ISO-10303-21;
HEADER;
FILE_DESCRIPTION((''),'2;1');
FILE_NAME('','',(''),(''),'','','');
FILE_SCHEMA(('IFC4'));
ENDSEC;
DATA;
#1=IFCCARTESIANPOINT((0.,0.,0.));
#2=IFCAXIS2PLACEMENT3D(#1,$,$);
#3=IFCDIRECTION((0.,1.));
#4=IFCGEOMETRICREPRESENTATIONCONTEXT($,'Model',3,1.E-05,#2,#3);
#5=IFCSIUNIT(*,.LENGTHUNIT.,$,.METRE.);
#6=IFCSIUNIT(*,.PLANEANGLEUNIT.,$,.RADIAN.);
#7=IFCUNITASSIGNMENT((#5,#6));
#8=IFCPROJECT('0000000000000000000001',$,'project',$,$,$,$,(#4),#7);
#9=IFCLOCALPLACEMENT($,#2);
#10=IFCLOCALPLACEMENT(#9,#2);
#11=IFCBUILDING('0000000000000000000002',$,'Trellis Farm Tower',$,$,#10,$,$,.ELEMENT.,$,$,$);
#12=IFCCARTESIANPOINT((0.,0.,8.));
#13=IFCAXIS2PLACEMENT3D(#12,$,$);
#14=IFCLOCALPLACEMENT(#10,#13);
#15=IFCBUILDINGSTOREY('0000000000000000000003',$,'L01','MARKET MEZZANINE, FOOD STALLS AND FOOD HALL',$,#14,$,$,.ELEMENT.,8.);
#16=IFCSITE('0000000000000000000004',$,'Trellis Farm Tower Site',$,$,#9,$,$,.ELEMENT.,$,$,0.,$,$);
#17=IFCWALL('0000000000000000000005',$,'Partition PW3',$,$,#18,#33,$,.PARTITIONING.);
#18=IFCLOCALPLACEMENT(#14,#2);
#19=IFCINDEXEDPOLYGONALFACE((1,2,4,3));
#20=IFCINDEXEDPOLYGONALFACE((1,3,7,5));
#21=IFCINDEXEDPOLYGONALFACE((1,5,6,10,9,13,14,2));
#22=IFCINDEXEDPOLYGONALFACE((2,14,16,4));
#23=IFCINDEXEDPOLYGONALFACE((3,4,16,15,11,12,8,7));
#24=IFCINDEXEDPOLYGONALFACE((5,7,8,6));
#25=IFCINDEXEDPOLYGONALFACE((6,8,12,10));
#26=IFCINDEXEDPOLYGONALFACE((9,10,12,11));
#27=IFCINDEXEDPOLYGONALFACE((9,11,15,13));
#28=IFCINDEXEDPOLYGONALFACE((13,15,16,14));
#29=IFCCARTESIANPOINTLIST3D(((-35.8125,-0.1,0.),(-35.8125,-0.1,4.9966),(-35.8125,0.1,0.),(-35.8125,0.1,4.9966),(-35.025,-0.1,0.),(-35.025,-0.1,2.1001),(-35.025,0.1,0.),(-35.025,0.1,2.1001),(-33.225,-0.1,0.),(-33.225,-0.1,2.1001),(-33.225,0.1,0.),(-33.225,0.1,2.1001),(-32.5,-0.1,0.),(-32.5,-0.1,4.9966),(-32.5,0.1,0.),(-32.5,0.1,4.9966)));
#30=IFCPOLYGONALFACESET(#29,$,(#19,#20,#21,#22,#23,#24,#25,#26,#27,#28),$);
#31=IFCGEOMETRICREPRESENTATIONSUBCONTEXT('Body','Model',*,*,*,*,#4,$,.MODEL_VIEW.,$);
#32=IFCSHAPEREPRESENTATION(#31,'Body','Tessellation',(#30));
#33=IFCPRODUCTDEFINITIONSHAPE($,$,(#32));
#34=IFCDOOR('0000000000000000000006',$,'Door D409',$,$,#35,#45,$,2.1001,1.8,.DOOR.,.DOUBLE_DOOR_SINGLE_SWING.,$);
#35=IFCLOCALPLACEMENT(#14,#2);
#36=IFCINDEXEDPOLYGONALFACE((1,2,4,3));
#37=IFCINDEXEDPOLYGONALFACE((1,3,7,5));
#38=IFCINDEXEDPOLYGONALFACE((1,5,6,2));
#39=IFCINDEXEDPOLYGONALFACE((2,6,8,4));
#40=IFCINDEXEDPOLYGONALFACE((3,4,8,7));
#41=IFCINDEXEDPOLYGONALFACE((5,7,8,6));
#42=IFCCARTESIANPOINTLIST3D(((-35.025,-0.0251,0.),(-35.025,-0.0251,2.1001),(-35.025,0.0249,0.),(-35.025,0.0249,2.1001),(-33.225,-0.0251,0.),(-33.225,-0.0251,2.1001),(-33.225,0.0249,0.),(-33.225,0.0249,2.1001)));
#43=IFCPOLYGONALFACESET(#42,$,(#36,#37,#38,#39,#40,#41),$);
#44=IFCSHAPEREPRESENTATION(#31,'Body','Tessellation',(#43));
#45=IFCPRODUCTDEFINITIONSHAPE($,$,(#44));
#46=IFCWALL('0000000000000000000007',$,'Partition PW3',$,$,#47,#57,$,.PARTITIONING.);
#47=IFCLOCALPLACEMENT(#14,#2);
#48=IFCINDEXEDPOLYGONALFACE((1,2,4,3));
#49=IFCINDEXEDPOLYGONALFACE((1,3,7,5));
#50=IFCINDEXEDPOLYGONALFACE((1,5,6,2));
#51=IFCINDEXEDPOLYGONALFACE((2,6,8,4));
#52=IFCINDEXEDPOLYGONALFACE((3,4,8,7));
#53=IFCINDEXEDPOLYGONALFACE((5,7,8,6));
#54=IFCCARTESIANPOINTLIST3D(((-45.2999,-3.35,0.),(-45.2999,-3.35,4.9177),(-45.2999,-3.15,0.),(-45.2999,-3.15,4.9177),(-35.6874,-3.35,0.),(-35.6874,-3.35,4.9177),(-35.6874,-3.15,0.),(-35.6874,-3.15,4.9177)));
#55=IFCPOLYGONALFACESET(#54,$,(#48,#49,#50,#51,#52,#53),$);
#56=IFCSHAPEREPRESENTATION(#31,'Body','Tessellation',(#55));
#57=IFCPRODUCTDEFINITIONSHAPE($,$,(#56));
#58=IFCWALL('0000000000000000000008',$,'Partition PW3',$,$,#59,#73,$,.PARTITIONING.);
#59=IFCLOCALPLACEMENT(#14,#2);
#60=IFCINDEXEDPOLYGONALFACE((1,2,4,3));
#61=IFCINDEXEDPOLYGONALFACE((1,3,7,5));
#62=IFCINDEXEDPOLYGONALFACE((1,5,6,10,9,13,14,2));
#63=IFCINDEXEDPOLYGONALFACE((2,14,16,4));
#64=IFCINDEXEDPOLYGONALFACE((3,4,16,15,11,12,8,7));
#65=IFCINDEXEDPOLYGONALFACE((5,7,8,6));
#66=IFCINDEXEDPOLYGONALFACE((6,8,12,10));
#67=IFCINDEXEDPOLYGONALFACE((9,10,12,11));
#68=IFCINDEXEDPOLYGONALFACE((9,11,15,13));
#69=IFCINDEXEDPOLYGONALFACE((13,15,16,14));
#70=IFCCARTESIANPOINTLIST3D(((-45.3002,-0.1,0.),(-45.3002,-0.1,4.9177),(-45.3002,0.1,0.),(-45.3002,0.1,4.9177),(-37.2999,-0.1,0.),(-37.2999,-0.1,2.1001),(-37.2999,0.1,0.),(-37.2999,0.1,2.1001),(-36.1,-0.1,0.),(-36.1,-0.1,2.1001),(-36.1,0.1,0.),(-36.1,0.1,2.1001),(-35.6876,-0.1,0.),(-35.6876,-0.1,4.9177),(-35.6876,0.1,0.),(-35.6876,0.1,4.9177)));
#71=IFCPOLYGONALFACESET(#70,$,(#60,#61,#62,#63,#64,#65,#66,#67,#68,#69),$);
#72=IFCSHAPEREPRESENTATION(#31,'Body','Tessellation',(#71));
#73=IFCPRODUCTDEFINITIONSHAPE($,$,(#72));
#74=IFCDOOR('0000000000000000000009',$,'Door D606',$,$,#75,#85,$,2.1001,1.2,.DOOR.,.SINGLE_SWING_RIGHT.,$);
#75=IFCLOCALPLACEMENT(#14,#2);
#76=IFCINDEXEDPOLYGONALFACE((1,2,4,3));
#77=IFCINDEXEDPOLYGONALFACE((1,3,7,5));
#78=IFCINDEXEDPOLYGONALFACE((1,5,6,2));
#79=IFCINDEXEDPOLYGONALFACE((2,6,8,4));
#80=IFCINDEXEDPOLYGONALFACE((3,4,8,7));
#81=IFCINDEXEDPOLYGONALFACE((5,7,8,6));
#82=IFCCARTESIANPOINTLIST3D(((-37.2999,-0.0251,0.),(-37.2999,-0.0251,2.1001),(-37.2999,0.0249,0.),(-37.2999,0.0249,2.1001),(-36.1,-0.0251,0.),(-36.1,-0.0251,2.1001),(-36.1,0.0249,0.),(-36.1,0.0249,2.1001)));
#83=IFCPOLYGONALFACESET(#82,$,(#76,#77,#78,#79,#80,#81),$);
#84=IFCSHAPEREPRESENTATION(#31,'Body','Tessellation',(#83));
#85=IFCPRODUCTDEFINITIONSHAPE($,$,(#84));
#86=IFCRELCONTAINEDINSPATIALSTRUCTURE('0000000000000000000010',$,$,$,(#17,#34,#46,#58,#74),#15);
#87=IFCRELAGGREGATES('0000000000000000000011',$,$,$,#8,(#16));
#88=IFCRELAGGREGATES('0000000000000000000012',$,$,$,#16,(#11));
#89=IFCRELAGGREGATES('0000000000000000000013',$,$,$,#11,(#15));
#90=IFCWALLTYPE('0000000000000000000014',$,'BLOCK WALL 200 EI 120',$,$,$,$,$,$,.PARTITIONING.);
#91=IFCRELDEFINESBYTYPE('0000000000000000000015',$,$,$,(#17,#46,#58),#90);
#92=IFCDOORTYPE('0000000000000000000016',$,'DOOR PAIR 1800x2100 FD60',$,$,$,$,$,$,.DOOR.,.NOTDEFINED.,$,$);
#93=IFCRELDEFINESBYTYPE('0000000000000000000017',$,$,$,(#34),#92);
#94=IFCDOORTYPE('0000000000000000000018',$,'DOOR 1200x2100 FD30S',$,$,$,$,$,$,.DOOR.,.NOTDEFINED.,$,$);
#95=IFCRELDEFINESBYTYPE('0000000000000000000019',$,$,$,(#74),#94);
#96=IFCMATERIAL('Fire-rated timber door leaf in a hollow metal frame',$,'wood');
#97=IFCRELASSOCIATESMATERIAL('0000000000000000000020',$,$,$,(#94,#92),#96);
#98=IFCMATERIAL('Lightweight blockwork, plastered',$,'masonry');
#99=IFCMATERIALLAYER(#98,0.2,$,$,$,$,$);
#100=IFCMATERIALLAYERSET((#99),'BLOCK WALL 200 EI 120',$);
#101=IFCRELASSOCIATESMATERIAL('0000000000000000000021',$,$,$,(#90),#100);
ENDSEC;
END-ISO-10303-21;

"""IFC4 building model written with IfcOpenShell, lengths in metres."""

from ifc_helpers import new_model, si_unit, direction, frame, frame_2d, origin, place, context, subcontext, project, spatial, rectangle, extrude, source, transform, mapped, material, layer, layer_set, type_object, element, fill, save


model = new_model("IFC4")

# Units and contexts
model_context = context("Model", 3, precision=1e-05, world=origin(), true_north=direction((0.0, 1.0)))
body_context = subcontext(model_context, "Body", "Model", "MODEL_VIEW")
ifc_project = project(units=[si_unit("LENGTHUNIT", "METRE"), si_unit("PLANEANGLEUNIT", "RADIAN")], contexts=[model_context])

# Site, building, storey
site_placement = place(None, origin())
site = spatial("IfcSite", under=ifc_project, at=site_placement, Name="Trellis Farm Tower Site", CompositionType="ELEMENT", RefElevation=0.0)
building_placement = place(site_placement, origin())
building = spatial("IfcBuilding", under=site, at=building_placement, Name="Trellis Farm Tower", CompositionType="ELEMENT")
storey_placement = place(building_placement, frame((0.0, 0.0, 8.0)))
storey = spatial("IfcBuildingStorey", under=building, at=storey_placement, Name="L01", Description="MARKET MEZZANINE, FOOD STALLS AND FOOD HALL", CompositionType="ELEMENT", Elevation=8.0)

# Wall, opening, door
ifc_material_1 = material(Name="Fire-rated timber door leaf in a hollow metal frame", Category="wood")
door_type_1 = type_object("IfcDoorType", Name="DOOR 1200x2100 FD30S", OperationType="NOTDEFINED", PredefinedType="DOOR", material=ifc_material_1)
shared_shape_1 = source(origin(), body_context, "Body", "SweptSolid", [
    extrude(rectangle(XDim=1.2, YDim=2.1001, at=frame_2d((0.6001, 1.05))), frame((0.0, 0.0249, 0.0), z_axis=(0.0, -1.0, 0.0), x_axis=(1.0, 0.0, 0.0)), (0.0, 0.0, 1.0), 0.05),
])
ifc_material_2 = material(Name="Lightweight blockwork, plastered", Category="masonry")
ifc_layer_1 = layer(ifc_material_2, 0.2)
ifc_layer_set_1 = layer_set([ifc_layer_1], Name="BLOCK WALL 200 EI 120")
wall_type_1 = type_object("IfcWallType", Name="BLOCK WALL 200 EI 120", PredefinedType="PARTITIONING", material=ifc_layer_set_1)
shared_shape_2 = source(origin(), body_context, "Body", "SweptSolid", [
    extrude(rectangle(XDim=3.3125, YDim=0.2, at=frame_2d((1.6562, 0.0))), origin(), (0.0, 0.0, 1.0), 4.9966),
])
wall_1_placement = place(storey_placement, frame((-35.8125, 0.0, 0.0), z_axis=(0.0, 0.0, 1.0), x_axis=(1.0, 0.0, 0.0)))
wall_1 = element("IfcWall", 1, at=wall_1_placement, inside=storey, type_object=wall_type_1, Name="Partition PW3", PredefinedType="PARTITIONING", context=body_context, shape_type="MappedRepresentation", body=[
    mapped(shared_shape_2, transform((0.0, 0.0, 0.0))),
])
shared_shape_3 = source(origin(), body_context, "Body", "SweptSolid", [
    extrude(rectangle(XDim=1.8, YDim=2.1001, at=frame_2d((0.8999, 1.05))), frame((0.0, 0.1101, 0.0), z_axis=(0.0, -1.0, 0.0), x_axis=(1.0, 0.0, 0.0)), (0.0, 0.0, 1.0), 0.2202),
])
opening_1_placement = place(wall_1_placement, frame((0.7876, 0.0, 0.0)))
opening_1 = element("IfcOpeningElement", 2, at=opening_1_placement, cuts=wall_1, PredefinedType="OPENING", context=body_context, shape_type="MappedRepresentation", body=[
    mapped(shared_shape_3, transform((0.0, 0.0, 0.0))),
])
door_type_2 = type_object("IfcDoorType", Name="DOOR PAIR 1800x2100 FD60", OperationType="NOTDEFINED", PredefinedType="DOOR", material=ifc_material_1)
shared_shape_4 = source(origin(), body_context, "Body", "SweptSolid", [
    extrude(rectangle(XDim=1.8, YDim=2.1001, at=frame_2d((0.8999, 1.05))), frame((0.0, 0.0249, 0.0), z_axis=(0.0, -1.0, 0.0), x_axis=(1.0, 0.0, 0.0)), (0.0, 0.0, 1.0), 0.05),
])
door_1_placement = place(opening_1_placement, origin())
door_1 = element("IfcDoor", 3, at=door_1_placement, inside=storey, type_object=door_type_2, Name="Door D409", OperationType="DOUBLE_DOOR_SINGLE_SWING", OverallHeight=2.1001, OverallWidth=1.8, PredefinedType="DOOR", context=body_context, shape_type="MappedRepresentation", body=[
    mapped(shared_shape_4, transform((0.0, 0.0, 0.0))),
])
fill(opening_1, door_1)

# Wall
shared_shape_5 = source(origin(), body_context, "Body", "SweptSolid", [
    extrude(rectangle(XDim=9.6125, YDim=0.2, at=frame_2d((4.8062, 0.0))), origin(), (0.0, 0.0, 1.0), 4.9177),
])
wall_2_placement = place(storey_placement, frame((-35.6875, -3.25, 0.0), z_axis=(0.0, 0.0, 1.0), x_axis=(-1.0, 0.0, 0.0)))
element("IfcWall", 4, at=wall_2_placement, inside=storey, type_object=wall_type_1, Name="Partition PW3", PredefinedType="PARTITIONING", context=body_context, shape_type="MappedRepresentation", body=[
    mapped(shared_shape_5, transform((0.0, 0.0, 0.0))),
])

# Wall, opening, door
wall_3_placement = place(storey_placement, frame((-45.3, 0.0, 0.0), z_axis=(0.0, 0.0, 1.0), x_axis=(1.0, 0.0, 0.0)))
wall_3 = element("IfcWall", 5, at=wall_3_placement, inside=storey, type_object=wall_type_1, Name="Partition PW3", PredefinedType="PARTITIONING", context=body_context, shape_type="MappedRepresentation", body=[
    mapped(shared_shape_5, transform((0.0, 0.0, 0.0))),
])
shared_shape_6 = source(origin(), body_context, "Body", "SweptSolid", [
    extrude(rectangle(XDim=1.2, YDim=2.1001, at=frame_2d((0.6001, 1.05))), frame((0.0, 0.1101, 0.0), z_axis=(0.0, -1.0, 0.0), x_axis=(1.0, 0.0, 0.0)), (0.0, 0.0, 1.0), 0.2202),
])
opening_2_placement = place(wall_3_placement, frame((8.0, 0.0, 0.0)))
opening_2 = element("IfcOpeningElement", 6, at=opening_2_placement, cuts=wall_3, PredefinedType="OPENING", context=body_context, shape_type="MappedRepresentation", body=[
    mapped(shared_shape_6, transform((0.0, 0.0, 0.0))),
])
door_2_placement = place(opening_2_placement, origin())
door_2 = element("IfcDoor", 7, at=door_2_placement, inside=storey, type_object=door_type_1, Name="Door D606", OperationType="SINGLE_SWING_RIGHT", OverallHeight=2.1001, OverallWidth=1.2, PredefinedType="DOOR", context=body_context, shape_type="MappedRepresentation", body=[
    mapped(shared_shape_1, transform((0.0, 0.0, 0.0))),
])
fill(opening_2, door_2)

save(model, "model.ifc")
